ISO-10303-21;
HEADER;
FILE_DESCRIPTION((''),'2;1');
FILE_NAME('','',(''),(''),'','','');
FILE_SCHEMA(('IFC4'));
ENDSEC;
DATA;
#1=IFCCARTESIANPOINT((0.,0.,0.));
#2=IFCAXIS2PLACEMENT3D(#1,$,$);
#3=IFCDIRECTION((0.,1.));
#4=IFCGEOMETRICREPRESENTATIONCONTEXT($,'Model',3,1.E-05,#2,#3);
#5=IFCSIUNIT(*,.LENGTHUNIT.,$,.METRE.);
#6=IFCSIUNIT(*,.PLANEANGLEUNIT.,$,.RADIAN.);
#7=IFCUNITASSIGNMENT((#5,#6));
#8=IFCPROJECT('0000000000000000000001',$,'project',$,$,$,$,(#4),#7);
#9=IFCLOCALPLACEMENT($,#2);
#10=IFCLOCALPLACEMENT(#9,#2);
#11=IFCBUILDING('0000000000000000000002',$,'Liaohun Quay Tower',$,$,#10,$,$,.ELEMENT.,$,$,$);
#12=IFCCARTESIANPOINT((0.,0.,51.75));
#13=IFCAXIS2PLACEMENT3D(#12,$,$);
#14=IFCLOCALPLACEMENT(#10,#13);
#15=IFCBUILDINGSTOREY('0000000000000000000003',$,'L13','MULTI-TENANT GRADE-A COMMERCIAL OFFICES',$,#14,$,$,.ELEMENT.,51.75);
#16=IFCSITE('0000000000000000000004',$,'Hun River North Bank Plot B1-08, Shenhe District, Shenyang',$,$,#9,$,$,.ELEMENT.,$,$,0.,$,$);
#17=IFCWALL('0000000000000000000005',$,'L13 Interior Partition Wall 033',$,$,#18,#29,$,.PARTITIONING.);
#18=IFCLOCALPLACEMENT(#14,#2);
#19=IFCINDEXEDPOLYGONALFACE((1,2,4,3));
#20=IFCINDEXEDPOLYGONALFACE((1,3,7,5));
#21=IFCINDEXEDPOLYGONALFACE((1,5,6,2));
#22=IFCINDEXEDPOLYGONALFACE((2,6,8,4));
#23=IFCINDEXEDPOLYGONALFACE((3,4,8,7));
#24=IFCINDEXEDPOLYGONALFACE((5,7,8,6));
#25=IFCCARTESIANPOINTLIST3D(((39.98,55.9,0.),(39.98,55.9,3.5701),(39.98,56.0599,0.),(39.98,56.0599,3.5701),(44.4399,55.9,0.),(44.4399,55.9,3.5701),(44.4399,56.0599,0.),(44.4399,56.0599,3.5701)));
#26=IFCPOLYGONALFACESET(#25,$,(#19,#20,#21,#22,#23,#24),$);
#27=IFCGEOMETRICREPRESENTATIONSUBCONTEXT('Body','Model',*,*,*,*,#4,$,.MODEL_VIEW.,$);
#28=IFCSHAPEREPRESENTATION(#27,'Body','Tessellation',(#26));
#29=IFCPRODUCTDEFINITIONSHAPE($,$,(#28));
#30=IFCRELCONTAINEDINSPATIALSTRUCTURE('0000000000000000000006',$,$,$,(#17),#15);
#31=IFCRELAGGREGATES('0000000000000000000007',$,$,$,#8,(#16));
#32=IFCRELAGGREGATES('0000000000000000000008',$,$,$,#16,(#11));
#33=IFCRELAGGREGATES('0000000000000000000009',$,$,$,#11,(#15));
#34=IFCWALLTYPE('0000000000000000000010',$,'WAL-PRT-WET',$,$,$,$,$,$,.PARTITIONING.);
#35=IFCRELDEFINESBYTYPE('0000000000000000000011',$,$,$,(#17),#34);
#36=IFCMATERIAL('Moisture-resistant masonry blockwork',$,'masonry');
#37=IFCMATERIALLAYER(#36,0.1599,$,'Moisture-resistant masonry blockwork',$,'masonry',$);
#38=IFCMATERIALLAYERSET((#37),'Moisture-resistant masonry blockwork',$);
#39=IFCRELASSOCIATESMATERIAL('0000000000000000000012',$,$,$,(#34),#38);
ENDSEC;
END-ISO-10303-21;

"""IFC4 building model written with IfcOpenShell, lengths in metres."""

from ifc_helpers import new_model, si_unit, direction, frame, frame_2d, origin, place, context, subcontext, project, spatial, rectangle, extrude, material, layer, layer_set, type_object, element, save


model = new_model("IFC4")

# Units and contexts
model_context = context("Model", 3, precision=1e-05, world=origin(), true_north=direction((0.0, 1.0)))
body_context = subcontext(model_context, "Body", "Model", "MODEL_VIEW")
ifc_project = project(units=[si_unit("LENGTHUNIT", "METRE"), si_unit("PLANEANGLEUNIT", "RADIAN")], contexts=[model_context])

# Site, building, storey
site_placement = place(None, origin())
site = spatial("IfcSite", under=ifc_project, at=site_placement, Name="Hun River North Bank Plot B1-08, Shenhe District, Shenyang", CompositionType="ELEMENT", RefElevation=0.0)
building_placement = place(site_placement, origin())
building = spatial("IfcBuilding", under=site, at=building_placement, Name="Liaohun Quay Tower", CompositionType="ELEMENT")
storey_placement = place(building_placement, frame((0.0, 0.0, 51.75)))
storey = spatial("IfcBuildingStorey", under=building, at=storey_placement, Name="L13", Description="MULTI-TENANT GRADE-A COMMERCIAL OFFICES", CompositionType="ELEMENT", Elevation=51.75)

# Wall
ifc_material_1 = material(Name="Moisture-resistant masonry blockwork", Category="masonry")
ifc_layer_1 = layer(ifc_material_1, 0.1599, Name="Moisture-resistant masonry blockwork", Category="masonry")
ifc_layer_set_1 = layer_set([ifc_layer_1], Name="Moisture-resistant masonry blockwork")
wall_type_1 = type_object("IfcWallType", Name="WAL-PRT-WET", PredefinedType="PARTITIONING", material=ifc_layer_set_1)
for number, where, z_axis, x_axis, name in (
    (1, (39.98, 55.98, 0.0), (0.0, 0.0, 1.0), (1.0, 0.0, 0.0), "L13 Interior Partition Wall 033"),
):
    element("IfcWall", number, at=place(storey_placement, frame(where, z_axis=z_axis, x_axis=x_axis)), inside=storey, type_object=wall_type_1, Name=name, PredefinedType="PARTITIONING", context=body_context, shape_type="SweptSolid", body=[
        extrude(rectangle(XDim=4.46, YDim=0.1599, at=frame_2d((2.23, 0.0))), origin(), (0.0, 0.0, 1.0), 3.5701),
    ])

save(model, "model.ifc")
